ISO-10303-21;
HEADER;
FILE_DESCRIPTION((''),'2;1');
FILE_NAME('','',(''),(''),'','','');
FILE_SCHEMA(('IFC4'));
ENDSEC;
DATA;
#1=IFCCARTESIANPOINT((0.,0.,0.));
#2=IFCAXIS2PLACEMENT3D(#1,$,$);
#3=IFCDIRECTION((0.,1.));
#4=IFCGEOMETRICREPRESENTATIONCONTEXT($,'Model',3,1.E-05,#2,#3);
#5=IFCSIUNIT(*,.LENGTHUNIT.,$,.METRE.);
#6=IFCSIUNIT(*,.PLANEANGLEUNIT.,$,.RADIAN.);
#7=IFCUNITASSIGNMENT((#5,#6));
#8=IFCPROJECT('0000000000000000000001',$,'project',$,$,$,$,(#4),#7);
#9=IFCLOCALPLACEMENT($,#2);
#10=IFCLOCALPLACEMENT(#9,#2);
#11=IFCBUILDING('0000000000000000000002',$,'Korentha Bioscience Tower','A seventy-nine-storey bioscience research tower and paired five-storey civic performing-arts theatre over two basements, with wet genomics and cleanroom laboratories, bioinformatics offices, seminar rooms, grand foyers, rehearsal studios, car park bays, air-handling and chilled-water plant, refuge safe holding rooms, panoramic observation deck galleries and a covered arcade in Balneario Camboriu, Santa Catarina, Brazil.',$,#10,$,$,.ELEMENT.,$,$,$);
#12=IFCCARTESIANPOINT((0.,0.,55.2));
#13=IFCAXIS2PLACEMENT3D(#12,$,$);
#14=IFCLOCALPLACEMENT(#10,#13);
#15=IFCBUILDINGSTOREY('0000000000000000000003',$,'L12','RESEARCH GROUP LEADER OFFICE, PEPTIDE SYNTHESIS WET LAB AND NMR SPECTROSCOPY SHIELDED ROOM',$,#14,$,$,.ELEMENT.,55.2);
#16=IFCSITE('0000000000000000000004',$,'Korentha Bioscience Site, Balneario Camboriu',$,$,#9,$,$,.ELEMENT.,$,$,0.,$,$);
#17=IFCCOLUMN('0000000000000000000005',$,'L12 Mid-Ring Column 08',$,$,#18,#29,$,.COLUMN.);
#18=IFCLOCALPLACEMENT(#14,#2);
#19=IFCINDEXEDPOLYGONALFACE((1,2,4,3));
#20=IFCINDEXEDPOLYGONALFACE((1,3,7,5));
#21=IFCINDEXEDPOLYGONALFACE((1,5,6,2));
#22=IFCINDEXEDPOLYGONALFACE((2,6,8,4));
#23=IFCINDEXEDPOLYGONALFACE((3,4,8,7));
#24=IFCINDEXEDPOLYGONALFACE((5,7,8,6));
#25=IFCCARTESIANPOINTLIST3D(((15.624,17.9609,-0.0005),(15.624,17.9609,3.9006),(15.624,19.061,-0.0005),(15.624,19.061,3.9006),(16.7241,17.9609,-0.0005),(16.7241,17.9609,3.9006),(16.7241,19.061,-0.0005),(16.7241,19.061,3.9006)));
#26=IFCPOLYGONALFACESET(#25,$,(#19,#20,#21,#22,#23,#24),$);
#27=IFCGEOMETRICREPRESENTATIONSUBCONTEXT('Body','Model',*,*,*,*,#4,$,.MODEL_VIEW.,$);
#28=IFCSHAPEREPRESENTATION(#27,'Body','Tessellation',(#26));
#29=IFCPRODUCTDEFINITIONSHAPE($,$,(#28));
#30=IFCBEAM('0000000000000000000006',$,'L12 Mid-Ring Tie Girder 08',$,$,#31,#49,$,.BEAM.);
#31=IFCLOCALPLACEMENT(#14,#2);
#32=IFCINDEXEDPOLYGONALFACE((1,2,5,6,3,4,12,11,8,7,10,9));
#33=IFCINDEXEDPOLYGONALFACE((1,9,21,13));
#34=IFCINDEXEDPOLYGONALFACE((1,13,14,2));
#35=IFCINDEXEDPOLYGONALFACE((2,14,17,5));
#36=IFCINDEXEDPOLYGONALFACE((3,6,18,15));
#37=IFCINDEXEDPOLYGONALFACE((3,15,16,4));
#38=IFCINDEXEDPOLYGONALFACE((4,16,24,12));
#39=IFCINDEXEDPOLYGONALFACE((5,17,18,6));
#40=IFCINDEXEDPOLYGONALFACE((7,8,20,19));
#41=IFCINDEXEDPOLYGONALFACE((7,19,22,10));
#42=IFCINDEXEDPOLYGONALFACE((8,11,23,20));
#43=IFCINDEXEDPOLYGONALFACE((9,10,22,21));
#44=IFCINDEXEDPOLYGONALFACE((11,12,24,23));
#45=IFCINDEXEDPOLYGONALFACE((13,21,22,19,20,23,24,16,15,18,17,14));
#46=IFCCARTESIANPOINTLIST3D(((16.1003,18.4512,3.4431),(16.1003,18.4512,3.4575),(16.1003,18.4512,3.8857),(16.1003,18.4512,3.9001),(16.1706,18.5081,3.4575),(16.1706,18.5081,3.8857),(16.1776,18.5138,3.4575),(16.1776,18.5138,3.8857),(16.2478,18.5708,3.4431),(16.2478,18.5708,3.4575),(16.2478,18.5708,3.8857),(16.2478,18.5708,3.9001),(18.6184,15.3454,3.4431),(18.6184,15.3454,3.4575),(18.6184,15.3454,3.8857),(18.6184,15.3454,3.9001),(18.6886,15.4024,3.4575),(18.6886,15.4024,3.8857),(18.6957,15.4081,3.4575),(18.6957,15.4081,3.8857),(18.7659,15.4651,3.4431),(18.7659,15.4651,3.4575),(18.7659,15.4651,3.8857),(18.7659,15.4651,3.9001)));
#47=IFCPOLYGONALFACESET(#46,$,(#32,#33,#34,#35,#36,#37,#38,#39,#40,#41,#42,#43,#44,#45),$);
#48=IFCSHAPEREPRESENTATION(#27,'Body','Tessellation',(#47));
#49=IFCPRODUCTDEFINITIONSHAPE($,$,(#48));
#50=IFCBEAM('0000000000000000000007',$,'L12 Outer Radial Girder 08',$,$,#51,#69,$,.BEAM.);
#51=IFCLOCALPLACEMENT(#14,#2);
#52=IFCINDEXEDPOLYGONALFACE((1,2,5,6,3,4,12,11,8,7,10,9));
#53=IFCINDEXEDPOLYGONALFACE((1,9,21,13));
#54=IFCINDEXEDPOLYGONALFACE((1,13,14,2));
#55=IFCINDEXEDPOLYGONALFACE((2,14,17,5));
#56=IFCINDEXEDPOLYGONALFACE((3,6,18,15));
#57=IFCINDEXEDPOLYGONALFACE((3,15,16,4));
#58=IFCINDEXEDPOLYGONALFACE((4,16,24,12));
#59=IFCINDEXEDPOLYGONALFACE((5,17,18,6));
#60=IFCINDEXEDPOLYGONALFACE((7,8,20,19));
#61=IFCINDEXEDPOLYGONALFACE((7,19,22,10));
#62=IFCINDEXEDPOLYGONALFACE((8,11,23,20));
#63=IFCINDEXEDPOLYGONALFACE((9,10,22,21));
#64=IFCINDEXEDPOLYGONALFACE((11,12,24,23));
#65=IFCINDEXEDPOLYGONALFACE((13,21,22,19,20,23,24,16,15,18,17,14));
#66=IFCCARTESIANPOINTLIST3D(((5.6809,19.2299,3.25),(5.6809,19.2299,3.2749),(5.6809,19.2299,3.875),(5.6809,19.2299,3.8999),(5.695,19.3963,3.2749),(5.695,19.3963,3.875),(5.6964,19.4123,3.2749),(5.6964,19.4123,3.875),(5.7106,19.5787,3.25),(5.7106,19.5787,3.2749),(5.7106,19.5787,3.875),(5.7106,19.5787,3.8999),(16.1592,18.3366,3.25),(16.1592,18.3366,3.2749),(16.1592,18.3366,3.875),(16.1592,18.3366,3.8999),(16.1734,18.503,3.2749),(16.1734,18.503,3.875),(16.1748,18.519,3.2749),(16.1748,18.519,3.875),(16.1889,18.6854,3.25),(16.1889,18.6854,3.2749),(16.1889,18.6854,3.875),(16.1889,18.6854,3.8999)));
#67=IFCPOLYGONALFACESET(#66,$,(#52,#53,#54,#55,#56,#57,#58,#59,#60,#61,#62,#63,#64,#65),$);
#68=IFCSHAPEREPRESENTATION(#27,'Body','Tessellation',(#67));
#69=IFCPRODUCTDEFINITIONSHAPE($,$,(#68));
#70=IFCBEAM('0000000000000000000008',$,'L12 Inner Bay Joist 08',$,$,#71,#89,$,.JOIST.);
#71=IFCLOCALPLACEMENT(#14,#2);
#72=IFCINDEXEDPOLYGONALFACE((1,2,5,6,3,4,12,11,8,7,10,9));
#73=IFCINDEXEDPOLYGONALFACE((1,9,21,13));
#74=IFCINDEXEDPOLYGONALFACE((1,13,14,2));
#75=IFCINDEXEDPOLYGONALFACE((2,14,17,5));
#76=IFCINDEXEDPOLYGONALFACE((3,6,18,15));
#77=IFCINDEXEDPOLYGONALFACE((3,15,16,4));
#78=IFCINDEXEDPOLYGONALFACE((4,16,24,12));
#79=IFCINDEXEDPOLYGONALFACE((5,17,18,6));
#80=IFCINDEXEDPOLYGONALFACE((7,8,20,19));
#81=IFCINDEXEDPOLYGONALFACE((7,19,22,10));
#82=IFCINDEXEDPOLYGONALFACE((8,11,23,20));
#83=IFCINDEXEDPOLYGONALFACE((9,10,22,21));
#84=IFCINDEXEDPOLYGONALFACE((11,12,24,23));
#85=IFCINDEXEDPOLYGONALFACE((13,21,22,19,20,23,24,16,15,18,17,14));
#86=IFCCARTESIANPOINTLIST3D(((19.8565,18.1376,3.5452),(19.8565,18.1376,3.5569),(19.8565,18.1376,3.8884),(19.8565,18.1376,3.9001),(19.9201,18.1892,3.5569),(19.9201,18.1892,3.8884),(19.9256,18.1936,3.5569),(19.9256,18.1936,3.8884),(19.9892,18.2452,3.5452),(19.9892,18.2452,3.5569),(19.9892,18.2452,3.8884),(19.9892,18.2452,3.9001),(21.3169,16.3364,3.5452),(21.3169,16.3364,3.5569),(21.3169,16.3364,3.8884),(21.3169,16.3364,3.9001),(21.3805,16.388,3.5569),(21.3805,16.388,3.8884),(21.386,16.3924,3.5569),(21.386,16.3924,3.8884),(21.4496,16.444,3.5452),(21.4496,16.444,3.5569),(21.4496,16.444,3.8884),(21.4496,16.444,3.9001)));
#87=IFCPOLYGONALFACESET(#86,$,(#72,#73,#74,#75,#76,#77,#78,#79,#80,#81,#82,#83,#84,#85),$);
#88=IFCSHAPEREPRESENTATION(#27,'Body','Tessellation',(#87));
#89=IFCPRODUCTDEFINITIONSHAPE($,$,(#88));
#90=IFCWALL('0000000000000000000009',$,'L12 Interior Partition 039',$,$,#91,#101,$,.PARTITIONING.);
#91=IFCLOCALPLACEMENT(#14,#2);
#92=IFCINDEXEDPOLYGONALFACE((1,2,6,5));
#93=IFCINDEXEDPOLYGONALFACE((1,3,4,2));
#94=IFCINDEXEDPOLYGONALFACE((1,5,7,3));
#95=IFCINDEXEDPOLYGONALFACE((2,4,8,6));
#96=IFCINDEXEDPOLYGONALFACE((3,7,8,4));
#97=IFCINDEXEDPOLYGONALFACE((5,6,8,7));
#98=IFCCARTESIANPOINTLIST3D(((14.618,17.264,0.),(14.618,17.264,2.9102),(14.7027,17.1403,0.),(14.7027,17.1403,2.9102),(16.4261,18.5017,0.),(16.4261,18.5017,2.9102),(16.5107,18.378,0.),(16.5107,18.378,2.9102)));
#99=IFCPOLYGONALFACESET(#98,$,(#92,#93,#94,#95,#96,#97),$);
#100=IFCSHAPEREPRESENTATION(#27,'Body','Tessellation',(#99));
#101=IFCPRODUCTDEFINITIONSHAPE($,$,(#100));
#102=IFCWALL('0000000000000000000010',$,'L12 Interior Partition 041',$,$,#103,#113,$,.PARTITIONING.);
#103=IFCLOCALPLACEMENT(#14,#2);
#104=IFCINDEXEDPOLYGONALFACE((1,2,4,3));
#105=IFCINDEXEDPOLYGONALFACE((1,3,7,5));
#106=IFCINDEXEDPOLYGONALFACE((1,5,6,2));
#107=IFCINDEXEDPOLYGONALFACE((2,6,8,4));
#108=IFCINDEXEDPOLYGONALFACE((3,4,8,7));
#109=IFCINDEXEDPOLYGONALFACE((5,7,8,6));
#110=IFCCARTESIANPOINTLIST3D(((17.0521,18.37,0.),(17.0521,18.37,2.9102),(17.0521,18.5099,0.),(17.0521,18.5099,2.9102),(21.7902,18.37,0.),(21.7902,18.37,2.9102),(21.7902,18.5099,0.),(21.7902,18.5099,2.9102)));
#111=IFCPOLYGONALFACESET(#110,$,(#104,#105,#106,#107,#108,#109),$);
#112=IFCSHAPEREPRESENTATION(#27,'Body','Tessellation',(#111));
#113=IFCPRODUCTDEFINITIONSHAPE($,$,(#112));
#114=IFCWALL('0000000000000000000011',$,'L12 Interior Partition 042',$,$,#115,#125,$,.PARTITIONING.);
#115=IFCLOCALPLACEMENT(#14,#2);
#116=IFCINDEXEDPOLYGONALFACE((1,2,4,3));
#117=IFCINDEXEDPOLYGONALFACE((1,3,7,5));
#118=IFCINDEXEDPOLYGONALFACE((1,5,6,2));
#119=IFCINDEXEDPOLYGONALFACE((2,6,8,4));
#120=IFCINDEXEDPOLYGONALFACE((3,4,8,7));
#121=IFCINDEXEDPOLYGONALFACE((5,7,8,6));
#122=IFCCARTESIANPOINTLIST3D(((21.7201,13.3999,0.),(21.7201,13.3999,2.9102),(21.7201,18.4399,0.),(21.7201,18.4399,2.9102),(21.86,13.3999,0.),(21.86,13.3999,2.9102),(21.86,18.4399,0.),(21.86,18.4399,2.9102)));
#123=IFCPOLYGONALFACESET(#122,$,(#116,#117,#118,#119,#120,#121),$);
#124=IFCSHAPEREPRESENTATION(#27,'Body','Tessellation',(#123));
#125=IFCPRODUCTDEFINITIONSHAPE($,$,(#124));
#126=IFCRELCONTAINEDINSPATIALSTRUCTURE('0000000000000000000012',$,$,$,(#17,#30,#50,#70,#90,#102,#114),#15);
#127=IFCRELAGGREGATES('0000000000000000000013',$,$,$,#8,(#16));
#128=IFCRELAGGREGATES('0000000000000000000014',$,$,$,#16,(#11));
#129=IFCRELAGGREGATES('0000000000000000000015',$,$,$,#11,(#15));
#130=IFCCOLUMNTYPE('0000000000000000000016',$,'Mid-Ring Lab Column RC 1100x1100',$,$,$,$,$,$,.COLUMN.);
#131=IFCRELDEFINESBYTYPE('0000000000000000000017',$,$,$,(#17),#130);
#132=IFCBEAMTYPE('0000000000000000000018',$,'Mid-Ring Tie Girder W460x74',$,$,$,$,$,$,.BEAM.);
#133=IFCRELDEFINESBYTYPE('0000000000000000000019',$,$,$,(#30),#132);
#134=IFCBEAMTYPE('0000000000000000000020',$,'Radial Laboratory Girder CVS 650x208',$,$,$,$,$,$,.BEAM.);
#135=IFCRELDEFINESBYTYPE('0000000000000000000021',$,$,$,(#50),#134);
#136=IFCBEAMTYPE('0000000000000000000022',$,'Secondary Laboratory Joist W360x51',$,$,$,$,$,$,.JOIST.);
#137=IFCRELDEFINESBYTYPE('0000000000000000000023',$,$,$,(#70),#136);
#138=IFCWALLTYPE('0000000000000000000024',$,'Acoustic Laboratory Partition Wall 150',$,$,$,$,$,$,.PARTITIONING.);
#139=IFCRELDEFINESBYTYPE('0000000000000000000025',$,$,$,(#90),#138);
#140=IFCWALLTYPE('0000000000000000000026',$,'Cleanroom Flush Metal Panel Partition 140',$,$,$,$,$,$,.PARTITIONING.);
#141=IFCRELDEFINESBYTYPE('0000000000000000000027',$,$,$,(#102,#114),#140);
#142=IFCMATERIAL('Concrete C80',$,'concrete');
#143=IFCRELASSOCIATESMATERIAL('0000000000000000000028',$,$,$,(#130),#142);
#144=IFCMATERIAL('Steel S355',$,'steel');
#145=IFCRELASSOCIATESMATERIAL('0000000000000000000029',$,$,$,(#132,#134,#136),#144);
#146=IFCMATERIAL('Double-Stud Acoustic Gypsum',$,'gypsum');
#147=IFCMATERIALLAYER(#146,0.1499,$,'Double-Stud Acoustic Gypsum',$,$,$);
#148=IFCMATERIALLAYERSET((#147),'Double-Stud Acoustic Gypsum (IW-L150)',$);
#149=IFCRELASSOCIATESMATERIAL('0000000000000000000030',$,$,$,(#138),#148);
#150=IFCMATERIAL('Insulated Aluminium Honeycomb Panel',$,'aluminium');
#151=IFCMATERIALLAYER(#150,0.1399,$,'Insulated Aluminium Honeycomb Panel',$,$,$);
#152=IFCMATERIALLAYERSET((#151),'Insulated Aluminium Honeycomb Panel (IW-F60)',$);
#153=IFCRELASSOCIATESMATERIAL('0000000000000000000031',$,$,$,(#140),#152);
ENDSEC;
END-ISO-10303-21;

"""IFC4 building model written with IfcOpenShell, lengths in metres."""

from ifc_helpers import new_model, si_unit, direction, frame, frame_2d, origin, origin_2d, place, context, subcontext, project, spatial, rectangle, i_section, extrude, material, layer, layer_set, material_profile, profile_set, type_object, element, save


model = new_model("IFC4")

# Units and contexts
model_context = context("Model", 3, precision=1e-05, world=origin(), true_north=direction((0.0, 1.0)))
body_context = subcontext(model_context, "Body", "Model", "MODEL_VIEW")
ifc_project = project(units=[si_unit("LENGTHUNIT", "METRE"), si_unit("PLANEANGLEUNIT", "RADIAN")], contexts=[model_context])

# Site, building, storey
site_placement = place(None, origin())
site = spatial("IfcSite", under=ifc_project, at=site_placement, Name="Korentha Bioscience Site, Balneario Camboriu", CompositionType="ELEMENT", RefElevation=0.0)
building_placement = place(site_placement, origin())
building = spatial("IfcBuilding", under=site, at=building_placement, Name="Korentha Bioscience Tower", Description="A seventy-nine-storey bioscience research tower and paired five-storey civic performing-arts theatre over two basements, with wet genomics and cleanroom laboratories, bioinformatics offices, seminar rooms, grand foyers, rehearsal studios, car park bays, air-handling and chilled-water plant, refuge safe holding rooms, panoramic observation deck galleries and a covered arcade in Balneario Camboriu, Santa Catarina, Brazil.", CompositionType="ELEMENT")
storey_placement = place(building_placement, frame((0.0, 0.0, 55.2)))
storey = spatial("IfcBuildingStorey", under=building, at=storey_placement, Name="L12", Description="RESEARCH GROUP LEADER OFFICE, PEPTIDE SYNTHESIS WET LAB AND NMR SPECTROSCOPY SHIELDED ROOM", CompositionType="ELEMENT", Elevation=55.2)

# Column
ifc_material_1 = material(Name="Concrete C80", Category="concrete")
ifc_material_profile_1 = material_profile(ifc_material_1, rectangle(XDim=1.1001, YDim=1.1001, at=origin_2d()), Name="Concrete C80")
ifc_profile_set_1 = profile_set([ifc_material_profile_1], Name="Concrete C80 (COL-MR11)")
column_type = type_object("IfcColumnType", Name="Mid-Ring Lab Column RC 1100x1100", PredefinedType="COLUMN", material=ifc_profile_set_1)
column_placement = place(storey_placement, frame((16.1741, 18.511, -0.0005), z_axis=(0.0, 0.0, 1.0), x_axis=(1.0, 0.0, 0.0)))
element("IfcColumn", 1, at=column_placement, inside=storey, type_object=column_type, Name="L12 Mid-Ring Column 08", PredefinedType="COLUMN", context=body_context, shape_type="SweptSolid", body=[
    extrude(rectangle(XDim=1.1001, YDim=1.1001, at=origin_2d()), origin(), (0.0, 0.0, 1.0), 3.9011),
])

# Beams
ifc_material_2 = material(Name="Steel S355", Category="steel")
ifc_material_profile_2 = material_profile(ifc_material_2, i_section(OverallWidth=0.1899, OverallDepth=0.457, WebThickness=0.009, FlangeThickness=0.0144, at=origin_2d()), Name="Steel S355")
ifc_profile_set_2 = profile_set([ifc_material_profile_2], Name="Steel S355 (MB-460)")
beam_type_1 = type_object("IfcBeamType", Name="Mid-Ring Tie Girder W460x74", PredefinedType="BEAM", material=ifc_profile_set_2)
beam_1_placement = place(storey_placement, frame((16.1741, 18.511, 3.6716), z_axis=(0.62979, -0.776765, 0.0), x_axis=(0.776765, 0.62979, 0.0)))
element("IfcBeam", 2, at=beam_1_placement, inside=storey, type_object=beam_type_1, Name="L12 Mid-Ring Tie Girder 08", PredefinedType="BEAM", context=body_context, shape_type="SweptSolid", body=[
    extrude(i_section(OverallWidth=0.1899, OverallDepth=0.457, WebThickness=0.009, FlangeThickness=0.0144, at=origin_2d()), origin(), (0.0, 0.0, 1.0), 3.9983),
])
ifc_material_profile_3 = material_profile(ifc_material_2, i_section(OverallWidth=0.3501, OverallDepth=0.6499, WebThickness=0.0161, FlangeThickness=0.0249, at=origin_2d()), Name="Steel S355")
ifc_profile_set_3 = profile_set([ifc_material_profile_3], Name="Steel S355 (RB-650)")
beam_type_2 = type_object("IfcBeamType", Name="Radial Laboratory Girder CVS 650x208", PredefinedType="BEAM", material=ifc_profile_set_3)
beam_2_placement = place(storey_placement, frame((16.1741, 18.511, 3.575), z_axis=(-0.996386, 0.084945, 0.0), x_axis=(-0.084945, -0.996386, 0.0)))
element("IfcBeam", 3, at=beam_2_placement, inside=storey, type_object=beam_type_2, Name="L12 Outer Radial Girder 08", PredefinedType="BEAM", context=body_context, shape_type="SweptSolid", body=[
    extrude(i_section(OverallWidth=0.3501, OverallDepth=0.6499, WebThickness=0.0161, FlangeThickness=0.0249, at=origin_2d()), origin(), (0.0, 0.0, 1.0), 10.5164),
])
ifc_material_profile_4 = material_profile(ifc_material_2, i_section(OverallWidth=0.1709, OverallDepth=0.355, WebThickness=0.0071, FlangeThickness=0.0117, at=origin_2d()), Name="Steel S355")
ifc_profile_set_4 = profile_set([ifc_material_profile_4], Name="Steel S355 (JB-360)")
beam_type_3 = type_object("IfcBeamType", Name="Secondary Laboratory Joist W360x51", PredefinedType="JOIST", material=ifc_profile_set_4)
beam_3_placement = place(storey_placement, frame((19.9229, 18.1914, 3.7227), z_axis=(0.629792, -0.776764, 0.0), x_axis=(0.776764, 0.629792, 0.0)))
element("IfcBeam", 4, at=beam_3_placement, inside=storey, type_object=beam_type_3, Name="L12 Inner Bay Joist 08", PredefinedType="JOIST", context=body_context, shape_type="SweptSolid", body=[
    extrude(i_section(OverallWidth=0.1709, OverallDepth=0.355, WebThickness=0.0071, FlangeThickness=0.0117, at=origin_2d()), origin(), (0.0, 0.0, 1.0), 2.3188),
])

# Shared definitions
ifc_material_3 = material(Name="Double-Stud Acoustic Gypsum", Category="gypsum")
ifc_layer_1 = layer(ifc_material_3, 0.1499, Name="Double-Stud Acoustic Gypsum")
ifc_layer_set_1 = layer_set([ifc_layer_1], Name="Double-Stud Acoustic Gypsum (IW-L150)")
wall_type_1 = type_object("IfcWallType", Name="Acoustic Laboratory Partition Wall 150", PredefinedType="PARTITIONING", material=ifc_layer_set_1)

# Walls
wall_1_placement = place(storey_placement, frame((16.4685, 18.4399, 0.0), z_axis=(0.0, 0.0, 1.0), x_axis=(-0.825165, -0.564892, 0.0)))
element("IfcWall", 5, at=wall_1_placement, inside=storey, type_object=wall_type_1, Name="L12 Interior Partition 039", PredefinedType="PARTITIONING", context=body_context, shape_type="SweptSolid", body=[
    extrude(rectangle(XDim=2.1912, YDim=0.1499, at=frame_2d((1.0957, 0.0))), origin(), (0.0, 0.0, 1.0), 2.9102),
])
ifc_material_4 = material(Name="Insulated Aluminium Honeycomb Panel", Category="aluminium")
ifc_layer_2 = layer(ifc_material_4, 0.1399, Name="Insulated Aluminium Honeycomb Panel")
ifc_layer_set_2 = layer_set([ifc_layer_2], Name="Insulated Aluminium Honeycomb Panel (IW-F60)")
wall_type_2 = type_object("IfcWallType", Name="Cleanroom Flush Metal Panel Partition 140", PredefinedType="PARTITIONING", material=ifc_layer_set_2)
wall_2_placement = place(storey_placement, frame((17.052, 18.4399, 0.0), z_axis=(0.0, 0.0, 1.0), x_axis=(1.0, 0.0, 0.0)))
element("IfcWall", 6, at=wall_2_placement, inside=storey, type_object=wall_type_2, Name="L12 Interior Partition 041", PredefinedType="PARTITIONING", context=body_context, shape_type="SweptSolid", body=[
    extrude(rectangle(XDim=4.738, YDim=0.1399, at=frame_2d((2.3691, 0.0))), origin(), (0.0, 0.0, 1.0), 2.9102),
])
wall_3_placement = place(storey_placement, frame((21.79, 18.4399, 0.0), z_axis=(0.0, 0.0, 1.0), x_axis=(0.0, -1.0, 0.0)))
element("IfcWall", 7, at=wall_3_placement, inside=storey, type_object=wall_type_2, Name="L12 Interior Partition 042", PredefinedType="PARTITIONING", context=body_context, shape_type="SweptSolid", body=[
    extrude(rectangle(XDim=5.04, YDim=0.1399, at=frame_2d((2.52, 0.0))), origin(), (0.0, 0.0, 1.0), 2.9102),
])

save(model, "model.ifc")
